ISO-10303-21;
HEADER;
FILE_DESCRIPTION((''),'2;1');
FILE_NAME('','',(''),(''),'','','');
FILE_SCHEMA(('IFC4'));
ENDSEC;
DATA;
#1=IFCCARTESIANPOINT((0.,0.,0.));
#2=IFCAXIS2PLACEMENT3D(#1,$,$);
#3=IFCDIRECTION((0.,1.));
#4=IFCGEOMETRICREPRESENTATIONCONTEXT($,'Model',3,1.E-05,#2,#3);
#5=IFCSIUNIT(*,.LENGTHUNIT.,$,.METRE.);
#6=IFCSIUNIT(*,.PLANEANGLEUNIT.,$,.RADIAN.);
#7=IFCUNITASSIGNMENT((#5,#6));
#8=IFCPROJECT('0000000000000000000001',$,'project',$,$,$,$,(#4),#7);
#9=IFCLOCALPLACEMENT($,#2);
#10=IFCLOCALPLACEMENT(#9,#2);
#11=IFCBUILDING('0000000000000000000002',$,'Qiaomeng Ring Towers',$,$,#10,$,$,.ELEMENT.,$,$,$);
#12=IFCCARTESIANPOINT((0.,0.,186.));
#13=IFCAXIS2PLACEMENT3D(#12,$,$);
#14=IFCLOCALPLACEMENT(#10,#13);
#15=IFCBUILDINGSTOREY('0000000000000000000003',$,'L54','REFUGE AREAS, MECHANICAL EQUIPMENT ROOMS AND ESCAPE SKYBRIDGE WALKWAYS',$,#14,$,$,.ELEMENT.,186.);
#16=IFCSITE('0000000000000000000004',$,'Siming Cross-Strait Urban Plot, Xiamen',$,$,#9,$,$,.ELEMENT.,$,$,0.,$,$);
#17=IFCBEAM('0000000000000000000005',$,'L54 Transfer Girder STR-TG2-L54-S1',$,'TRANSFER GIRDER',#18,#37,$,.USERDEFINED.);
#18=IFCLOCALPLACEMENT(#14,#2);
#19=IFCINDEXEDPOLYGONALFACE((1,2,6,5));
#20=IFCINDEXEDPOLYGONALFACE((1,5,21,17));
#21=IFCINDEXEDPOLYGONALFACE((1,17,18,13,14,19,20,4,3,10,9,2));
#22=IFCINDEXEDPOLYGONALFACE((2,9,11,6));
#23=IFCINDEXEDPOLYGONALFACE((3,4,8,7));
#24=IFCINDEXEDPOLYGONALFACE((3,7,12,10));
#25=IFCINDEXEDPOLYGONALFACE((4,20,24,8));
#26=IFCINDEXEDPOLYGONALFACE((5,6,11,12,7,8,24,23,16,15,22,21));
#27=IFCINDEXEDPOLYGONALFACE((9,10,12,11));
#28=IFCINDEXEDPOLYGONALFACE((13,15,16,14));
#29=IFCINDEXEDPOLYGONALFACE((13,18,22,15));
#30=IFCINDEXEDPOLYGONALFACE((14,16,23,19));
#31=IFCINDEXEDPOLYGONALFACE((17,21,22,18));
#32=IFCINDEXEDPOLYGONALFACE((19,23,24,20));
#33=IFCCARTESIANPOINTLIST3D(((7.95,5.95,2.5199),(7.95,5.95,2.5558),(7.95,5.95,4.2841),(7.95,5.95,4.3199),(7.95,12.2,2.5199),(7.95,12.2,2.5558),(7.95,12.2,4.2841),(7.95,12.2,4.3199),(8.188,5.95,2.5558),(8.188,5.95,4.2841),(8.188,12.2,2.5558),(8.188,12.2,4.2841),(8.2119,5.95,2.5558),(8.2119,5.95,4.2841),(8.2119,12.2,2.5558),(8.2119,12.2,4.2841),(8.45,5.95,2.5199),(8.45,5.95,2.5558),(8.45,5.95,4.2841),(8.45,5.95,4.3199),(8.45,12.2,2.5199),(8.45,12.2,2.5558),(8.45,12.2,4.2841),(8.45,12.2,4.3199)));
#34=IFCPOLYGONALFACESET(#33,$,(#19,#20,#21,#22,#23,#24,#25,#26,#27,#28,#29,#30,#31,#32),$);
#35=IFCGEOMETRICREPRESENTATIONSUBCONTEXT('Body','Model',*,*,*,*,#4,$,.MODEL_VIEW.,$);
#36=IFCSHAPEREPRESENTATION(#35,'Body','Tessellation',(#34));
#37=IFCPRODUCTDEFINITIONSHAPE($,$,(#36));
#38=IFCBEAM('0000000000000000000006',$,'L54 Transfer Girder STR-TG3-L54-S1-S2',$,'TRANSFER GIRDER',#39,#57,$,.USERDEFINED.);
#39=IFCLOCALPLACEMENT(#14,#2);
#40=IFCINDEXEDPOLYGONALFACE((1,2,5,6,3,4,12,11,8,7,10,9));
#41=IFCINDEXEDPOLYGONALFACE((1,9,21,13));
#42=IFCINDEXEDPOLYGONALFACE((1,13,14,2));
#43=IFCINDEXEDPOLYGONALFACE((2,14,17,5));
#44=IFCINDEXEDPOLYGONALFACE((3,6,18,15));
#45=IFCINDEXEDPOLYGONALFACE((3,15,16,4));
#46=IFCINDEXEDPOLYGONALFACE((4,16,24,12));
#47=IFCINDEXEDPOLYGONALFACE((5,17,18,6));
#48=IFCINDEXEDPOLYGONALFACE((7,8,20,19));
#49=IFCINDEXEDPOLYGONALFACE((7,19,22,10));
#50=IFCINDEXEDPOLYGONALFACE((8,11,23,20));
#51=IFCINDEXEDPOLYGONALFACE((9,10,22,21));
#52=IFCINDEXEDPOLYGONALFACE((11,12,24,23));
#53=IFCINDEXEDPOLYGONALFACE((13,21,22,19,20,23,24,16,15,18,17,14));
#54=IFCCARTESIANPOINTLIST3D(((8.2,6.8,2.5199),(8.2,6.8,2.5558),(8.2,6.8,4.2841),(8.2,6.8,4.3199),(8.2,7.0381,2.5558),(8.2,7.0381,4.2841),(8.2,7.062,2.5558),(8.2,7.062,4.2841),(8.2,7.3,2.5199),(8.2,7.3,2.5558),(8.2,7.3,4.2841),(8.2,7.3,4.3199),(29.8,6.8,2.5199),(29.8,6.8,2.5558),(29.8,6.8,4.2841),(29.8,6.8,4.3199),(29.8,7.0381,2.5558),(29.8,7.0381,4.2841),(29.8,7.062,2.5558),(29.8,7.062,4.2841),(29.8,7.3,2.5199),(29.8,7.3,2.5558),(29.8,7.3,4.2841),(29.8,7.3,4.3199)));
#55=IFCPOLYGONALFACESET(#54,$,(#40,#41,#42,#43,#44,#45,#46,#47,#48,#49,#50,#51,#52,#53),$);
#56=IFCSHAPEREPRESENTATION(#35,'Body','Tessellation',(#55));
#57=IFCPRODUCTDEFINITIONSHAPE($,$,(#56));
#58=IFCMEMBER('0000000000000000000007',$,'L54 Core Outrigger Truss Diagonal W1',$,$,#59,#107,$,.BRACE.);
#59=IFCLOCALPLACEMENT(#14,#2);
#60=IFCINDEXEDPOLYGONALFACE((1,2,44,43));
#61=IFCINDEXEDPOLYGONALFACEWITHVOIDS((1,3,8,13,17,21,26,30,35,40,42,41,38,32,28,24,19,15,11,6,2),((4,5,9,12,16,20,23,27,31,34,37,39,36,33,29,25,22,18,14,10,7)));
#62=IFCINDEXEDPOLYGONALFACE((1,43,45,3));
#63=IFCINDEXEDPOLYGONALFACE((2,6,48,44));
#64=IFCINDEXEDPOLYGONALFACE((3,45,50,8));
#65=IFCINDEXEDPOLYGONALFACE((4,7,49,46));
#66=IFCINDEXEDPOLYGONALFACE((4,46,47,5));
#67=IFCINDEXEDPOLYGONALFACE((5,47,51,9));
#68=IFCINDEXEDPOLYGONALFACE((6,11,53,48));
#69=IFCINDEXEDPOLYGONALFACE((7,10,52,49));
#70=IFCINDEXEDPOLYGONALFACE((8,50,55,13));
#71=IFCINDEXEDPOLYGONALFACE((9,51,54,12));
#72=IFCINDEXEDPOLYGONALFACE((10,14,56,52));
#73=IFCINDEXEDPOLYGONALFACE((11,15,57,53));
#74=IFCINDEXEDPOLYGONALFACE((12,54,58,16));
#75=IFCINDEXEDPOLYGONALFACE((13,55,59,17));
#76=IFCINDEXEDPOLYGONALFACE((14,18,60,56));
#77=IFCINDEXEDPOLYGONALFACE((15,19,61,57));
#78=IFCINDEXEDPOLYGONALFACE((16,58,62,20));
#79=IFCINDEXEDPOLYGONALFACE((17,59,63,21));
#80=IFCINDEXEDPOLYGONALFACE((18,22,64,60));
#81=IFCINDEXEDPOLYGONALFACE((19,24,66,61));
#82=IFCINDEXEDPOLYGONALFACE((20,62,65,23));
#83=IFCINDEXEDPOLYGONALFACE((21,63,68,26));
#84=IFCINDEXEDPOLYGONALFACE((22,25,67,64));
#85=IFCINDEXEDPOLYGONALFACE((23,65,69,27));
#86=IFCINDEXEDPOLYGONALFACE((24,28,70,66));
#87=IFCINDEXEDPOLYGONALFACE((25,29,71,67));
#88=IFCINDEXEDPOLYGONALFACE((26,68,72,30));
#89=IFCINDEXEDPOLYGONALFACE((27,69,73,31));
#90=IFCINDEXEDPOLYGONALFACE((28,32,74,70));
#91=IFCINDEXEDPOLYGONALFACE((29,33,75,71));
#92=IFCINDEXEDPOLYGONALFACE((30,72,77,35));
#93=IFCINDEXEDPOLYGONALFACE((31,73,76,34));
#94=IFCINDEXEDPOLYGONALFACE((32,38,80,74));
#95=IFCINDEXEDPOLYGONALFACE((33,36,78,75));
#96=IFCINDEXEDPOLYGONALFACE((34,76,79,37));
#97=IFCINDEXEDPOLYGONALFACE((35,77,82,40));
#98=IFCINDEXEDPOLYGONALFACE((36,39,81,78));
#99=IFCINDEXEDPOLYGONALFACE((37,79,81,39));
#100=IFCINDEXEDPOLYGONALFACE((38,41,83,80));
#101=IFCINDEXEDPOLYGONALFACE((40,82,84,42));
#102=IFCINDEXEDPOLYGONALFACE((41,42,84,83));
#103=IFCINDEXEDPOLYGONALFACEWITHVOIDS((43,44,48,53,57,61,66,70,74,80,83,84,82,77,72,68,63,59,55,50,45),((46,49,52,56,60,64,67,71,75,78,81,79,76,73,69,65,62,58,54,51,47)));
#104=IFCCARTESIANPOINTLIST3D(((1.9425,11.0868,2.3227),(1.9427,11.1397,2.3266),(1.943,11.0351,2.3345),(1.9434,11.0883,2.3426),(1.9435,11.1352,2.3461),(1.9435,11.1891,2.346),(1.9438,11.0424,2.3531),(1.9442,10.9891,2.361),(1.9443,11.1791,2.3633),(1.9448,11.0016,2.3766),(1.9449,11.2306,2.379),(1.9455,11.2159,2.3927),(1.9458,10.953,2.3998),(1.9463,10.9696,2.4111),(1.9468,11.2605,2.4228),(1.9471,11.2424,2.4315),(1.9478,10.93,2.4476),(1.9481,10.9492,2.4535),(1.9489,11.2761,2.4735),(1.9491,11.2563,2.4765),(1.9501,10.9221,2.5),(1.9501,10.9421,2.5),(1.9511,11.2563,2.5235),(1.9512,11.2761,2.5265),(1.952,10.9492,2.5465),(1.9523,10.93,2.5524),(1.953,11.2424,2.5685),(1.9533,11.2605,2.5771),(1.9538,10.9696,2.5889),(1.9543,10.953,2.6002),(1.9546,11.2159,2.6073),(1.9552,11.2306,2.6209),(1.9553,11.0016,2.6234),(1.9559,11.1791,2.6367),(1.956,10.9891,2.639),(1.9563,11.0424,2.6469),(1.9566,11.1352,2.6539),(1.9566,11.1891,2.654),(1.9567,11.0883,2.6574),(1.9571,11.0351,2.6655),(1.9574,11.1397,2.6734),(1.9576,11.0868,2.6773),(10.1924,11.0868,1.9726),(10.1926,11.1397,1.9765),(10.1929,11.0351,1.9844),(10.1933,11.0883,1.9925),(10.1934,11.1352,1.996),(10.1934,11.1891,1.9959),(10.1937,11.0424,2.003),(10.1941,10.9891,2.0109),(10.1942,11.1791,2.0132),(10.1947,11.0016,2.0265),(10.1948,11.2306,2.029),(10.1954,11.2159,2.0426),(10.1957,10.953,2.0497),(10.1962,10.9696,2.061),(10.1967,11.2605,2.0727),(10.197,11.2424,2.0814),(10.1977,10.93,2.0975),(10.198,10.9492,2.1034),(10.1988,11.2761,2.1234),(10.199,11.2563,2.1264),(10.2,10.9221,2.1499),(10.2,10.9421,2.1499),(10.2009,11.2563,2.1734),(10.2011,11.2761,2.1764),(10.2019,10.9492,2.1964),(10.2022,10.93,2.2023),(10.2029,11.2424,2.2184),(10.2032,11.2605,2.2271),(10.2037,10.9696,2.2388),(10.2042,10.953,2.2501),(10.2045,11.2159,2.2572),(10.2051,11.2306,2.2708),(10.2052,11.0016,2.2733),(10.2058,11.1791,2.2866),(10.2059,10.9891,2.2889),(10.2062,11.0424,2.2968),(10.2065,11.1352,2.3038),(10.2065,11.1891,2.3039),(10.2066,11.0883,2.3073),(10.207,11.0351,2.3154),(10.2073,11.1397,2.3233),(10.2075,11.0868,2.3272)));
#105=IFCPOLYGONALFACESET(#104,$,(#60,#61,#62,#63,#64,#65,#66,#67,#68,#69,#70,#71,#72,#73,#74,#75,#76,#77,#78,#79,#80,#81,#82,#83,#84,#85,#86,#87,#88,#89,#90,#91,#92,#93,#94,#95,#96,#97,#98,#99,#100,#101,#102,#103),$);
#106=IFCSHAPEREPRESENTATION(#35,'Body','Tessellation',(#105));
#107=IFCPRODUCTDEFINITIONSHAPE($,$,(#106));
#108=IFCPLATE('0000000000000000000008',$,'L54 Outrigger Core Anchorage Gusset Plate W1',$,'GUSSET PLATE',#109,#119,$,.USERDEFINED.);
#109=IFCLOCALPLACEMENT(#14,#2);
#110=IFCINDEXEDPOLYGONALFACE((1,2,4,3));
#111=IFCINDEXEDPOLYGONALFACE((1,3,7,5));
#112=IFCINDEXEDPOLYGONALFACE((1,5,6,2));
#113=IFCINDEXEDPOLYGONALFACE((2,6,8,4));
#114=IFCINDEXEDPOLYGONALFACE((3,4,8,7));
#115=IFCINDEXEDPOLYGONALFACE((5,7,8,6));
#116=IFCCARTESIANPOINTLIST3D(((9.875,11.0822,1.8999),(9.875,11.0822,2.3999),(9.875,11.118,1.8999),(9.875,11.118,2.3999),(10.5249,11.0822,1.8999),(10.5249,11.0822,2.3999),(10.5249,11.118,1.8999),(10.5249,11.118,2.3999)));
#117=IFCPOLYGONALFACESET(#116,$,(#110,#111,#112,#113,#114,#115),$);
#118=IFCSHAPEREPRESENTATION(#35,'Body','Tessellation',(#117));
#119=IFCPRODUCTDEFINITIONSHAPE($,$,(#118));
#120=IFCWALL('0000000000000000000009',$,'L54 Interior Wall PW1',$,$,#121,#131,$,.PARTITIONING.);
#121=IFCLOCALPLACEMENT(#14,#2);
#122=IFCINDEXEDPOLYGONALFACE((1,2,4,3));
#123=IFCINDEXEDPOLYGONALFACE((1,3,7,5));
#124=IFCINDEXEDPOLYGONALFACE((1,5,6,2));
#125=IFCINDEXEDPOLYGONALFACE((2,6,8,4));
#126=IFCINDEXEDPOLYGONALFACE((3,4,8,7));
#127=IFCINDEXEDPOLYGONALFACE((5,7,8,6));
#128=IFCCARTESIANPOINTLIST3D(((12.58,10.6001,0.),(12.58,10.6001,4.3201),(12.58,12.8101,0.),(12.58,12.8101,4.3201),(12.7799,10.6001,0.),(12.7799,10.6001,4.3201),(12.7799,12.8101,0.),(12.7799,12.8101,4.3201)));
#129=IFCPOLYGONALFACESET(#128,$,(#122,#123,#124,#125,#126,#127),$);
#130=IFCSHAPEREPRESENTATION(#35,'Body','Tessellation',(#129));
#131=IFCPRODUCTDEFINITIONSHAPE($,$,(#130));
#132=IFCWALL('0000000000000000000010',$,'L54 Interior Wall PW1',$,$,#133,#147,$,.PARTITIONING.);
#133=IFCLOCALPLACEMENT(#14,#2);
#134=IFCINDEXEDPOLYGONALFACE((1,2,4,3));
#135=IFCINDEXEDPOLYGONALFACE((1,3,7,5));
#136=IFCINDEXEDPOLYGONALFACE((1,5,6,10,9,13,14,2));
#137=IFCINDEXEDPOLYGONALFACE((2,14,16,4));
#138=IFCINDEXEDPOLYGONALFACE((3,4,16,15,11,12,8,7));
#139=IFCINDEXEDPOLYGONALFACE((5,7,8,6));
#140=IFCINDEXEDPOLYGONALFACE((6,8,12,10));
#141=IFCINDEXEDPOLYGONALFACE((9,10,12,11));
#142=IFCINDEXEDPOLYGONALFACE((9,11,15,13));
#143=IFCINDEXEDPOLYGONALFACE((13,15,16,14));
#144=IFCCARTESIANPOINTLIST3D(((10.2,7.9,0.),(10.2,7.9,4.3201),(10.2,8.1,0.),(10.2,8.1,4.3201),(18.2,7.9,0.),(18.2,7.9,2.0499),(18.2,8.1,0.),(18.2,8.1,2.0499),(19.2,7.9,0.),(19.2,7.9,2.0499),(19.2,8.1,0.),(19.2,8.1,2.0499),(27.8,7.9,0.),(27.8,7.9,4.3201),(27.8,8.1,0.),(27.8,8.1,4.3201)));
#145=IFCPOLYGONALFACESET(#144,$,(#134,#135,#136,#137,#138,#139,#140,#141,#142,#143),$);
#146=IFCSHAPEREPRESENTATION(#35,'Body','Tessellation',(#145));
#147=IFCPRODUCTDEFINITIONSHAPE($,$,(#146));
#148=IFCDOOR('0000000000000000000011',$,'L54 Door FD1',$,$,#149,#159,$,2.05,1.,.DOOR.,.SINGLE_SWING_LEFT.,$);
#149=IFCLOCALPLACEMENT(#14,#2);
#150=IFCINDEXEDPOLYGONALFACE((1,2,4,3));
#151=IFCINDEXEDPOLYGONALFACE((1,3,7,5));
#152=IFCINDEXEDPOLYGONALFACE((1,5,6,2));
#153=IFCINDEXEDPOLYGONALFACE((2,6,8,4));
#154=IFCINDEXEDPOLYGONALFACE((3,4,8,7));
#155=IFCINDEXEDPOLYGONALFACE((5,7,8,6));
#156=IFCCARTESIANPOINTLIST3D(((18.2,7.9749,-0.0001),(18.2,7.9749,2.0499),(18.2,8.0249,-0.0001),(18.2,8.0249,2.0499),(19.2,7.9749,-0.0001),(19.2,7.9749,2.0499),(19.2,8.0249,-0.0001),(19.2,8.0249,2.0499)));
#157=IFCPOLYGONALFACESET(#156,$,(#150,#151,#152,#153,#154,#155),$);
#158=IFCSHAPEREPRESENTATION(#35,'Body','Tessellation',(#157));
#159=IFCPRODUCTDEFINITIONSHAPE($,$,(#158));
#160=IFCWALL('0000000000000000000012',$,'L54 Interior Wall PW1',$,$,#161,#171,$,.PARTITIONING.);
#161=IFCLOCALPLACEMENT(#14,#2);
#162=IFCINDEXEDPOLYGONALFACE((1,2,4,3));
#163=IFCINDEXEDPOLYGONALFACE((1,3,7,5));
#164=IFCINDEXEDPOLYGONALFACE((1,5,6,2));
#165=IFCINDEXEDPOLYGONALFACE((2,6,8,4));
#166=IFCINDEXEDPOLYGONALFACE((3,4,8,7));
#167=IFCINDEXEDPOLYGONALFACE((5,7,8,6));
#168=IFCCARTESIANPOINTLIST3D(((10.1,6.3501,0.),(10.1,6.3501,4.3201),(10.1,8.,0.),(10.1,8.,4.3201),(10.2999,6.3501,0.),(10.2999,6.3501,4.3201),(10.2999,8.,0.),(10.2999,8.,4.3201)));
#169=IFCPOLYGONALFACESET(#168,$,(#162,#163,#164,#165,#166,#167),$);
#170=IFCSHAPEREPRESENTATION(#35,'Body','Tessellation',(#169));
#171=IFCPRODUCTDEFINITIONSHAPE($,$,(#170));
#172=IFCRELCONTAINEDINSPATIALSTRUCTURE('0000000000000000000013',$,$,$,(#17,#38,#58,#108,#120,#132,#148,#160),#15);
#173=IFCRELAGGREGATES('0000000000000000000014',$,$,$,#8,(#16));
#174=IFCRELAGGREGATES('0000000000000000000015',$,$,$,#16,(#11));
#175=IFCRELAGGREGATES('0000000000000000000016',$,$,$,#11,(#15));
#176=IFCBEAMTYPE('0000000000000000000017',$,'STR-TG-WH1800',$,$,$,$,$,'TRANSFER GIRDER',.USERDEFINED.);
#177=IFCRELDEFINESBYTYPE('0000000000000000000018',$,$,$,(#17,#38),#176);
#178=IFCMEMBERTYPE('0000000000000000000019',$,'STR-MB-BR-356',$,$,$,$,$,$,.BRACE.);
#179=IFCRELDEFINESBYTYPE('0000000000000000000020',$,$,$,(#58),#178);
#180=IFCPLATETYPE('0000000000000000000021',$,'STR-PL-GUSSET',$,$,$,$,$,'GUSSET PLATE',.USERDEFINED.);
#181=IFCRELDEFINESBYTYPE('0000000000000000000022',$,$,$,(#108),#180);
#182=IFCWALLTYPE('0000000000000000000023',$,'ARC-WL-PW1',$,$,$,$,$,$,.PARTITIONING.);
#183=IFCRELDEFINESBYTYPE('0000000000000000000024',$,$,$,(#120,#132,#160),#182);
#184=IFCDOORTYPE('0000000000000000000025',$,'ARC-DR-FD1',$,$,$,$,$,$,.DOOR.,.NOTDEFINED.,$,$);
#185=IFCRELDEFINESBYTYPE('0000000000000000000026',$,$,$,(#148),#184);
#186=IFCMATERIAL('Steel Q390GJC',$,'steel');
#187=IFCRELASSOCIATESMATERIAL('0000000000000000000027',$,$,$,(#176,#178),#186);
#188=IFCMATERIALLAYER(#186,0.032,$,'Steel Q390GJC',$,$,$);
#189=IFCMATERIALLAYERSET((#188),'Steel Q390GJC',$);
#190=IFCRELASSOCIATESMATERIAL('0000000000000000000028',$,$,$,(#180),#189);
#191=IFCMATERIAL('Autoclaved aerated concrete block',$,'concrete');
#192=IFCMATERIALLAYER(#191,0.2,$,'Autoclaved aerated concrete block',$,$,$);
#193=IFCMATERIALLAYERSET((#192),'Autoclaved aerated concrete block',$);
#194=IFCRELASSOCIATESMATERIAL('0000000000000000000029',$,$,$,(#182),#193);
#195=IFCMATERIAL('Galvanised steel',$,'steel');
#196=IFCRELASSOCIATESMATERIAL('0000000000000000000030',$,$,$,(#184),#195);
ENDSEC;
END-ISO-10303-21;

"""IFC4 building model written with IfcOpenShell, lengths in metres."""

from ifc_helpers import new_model, si_unit, direction, frame, frame_2d, origin, origin_2d, place, context, subcontext, project, spatial, rectangle, hollow_circle, i_section, extrude, source, transform, mapped, material, layer, layer_set, material_profile, profile_set, type_object, element, fill, save


model = new_model("IFC4")

# Units and contexts
model_context = context("Model", 3, precision=1e-05, world=origin(), true_north=direction((0.0, 1.0)))
body_context = subcontext(model_context, "Body", "Model", "MODEL_VIEW")
ifc_project = project(units=[si_unit("LENGTHUNIT", "METRE"), si_unit("PLANEANGLEUNIT", "RADIAN")], contexts=[model_context])

# Site, building, storey
site_placement = place(None, origin())
site = spatial("IfcSite", under=ifc_project, at=site_placement, Name="Siming Cross-Strait Urban Plot, Xiamen", CompositionType="ELEMENT", RefElevation=0.0)
building_placement = place(site_placement, origin())
building = spatial("IfcBuilding", under=site, at=building_placement, Name="Qiaomeng Ring Towers", CompositionType="ELEMENT")
storey_placement = place(building_placement, frame((0.0, 0.0, 186.0)))
storey = spatial("IfcBuildingStorey", under=building, at=storey_placement, Name="L54", Description="REFUGE AREAS, MECHANICAL EQUIPMENT ROOMS AND ESCAPE SKYBRIDGE WALKWAYS", CompositionType="ELEMENT", Elevation=186.0)

# Beams
ifc_material_1 = material(Name="Steel Q390GJC", Category="steel")
ifc_material_profile_1 = material_profile(ifc_material_1, i_section(OverallWidth=0.5, OverallDepth=1.8, WebThickness=0.0239, FlangeThickness=0.0359, at=origin_2d()), Name="WH 1800x500x24x36")
ifc_profile_set_1 = profile_set([ifc_material_profile_1], Name="Steel Q390GJC")
beam_type_1 = type_object("IfcBeamType", Name="STR-TG-WH1800", ElementType="TRANSFER GIRDER", PredefinedType="USERDEFINED", material=ifc_profile_set_1)
shared_shape_1 = source(origin(), body_context, "Body", "SweptSolid", [
    extrude(i_section(OverallWidth=0.5, OverallDepth=1.8, WebThickness=0.0239, FlangeThickness=0.0359, at=origin_2d()), origin(), (0.0, 0.0, 1.0), 6.25),
])
beam_1_placement = place(storey_placement, frame((8.2, 5.95, 3.4199), z_axis=(0.0, 1.0, 0.0), x_axis=(-1.0, 0.0, 0.0)))
element("IfcBeam", 1, at=beam_1_placement, inside=storey, type_object=beam_type_1, Name="L54 Transfer Girder STR-TG2-L54-S1", ObjectType="TRANSFER GIRDER", PredefinedType="USERDEFINED", context=body_context, shape_type="MappedRepresentation", body=[
    mapped(shared_shape_1, transform((0.0, 0.0, 0.0), x_axis=(1.0, 0.0, 0.0), y_axis=(0.0, 1.0, 0.0), z_axis=(0.0, 0.0, 1.0), scale=1.0)),
])
shared_shape_2 = source(origin(), body_context, "Body", "SweptSolid", [
    extrude(i_section(OverallWidth=0.5, OverallDepth=1.8, WebThickness=0.0239, FlangeThickness=0.0359, at=origin_2d()), origin(), (0.0, 0.0, 1.0), 21.6001),
])
beam_2_placement = place(storey_placement, frame((8.2, 7.05, 3.4199), z_axis=(1.0, 0.0, 0.0), x_axis=(0.0, 1.0, 0.0)))
element("IfcBeam", 2, at=beam_2_placement, inside=storey, type_object=beam_type_1, Name="L54 Transfer Girder STR-TG3-L54-S1-S2", ObjectType="TRANSFER GIRDER", PredefinedType="USERDEFINED", context=body_context, shape_type="MappedRepresentation", body=[
    mapped(shared_shape_2, transform((0.0, 0.0, 0.0), x_axis=(1.0, 0.0, 0.0), y_axis=(0.0, 1.0, 0.0), z_axis=(0.0, 0.0, 1.0), scale=1.0)),
])

# Member
ifc_material_profile_2 = material_profile(ifc_material_1, hollow_circle(Radius=0.178, WallThickness=0.02, at=origin_2d()), Name="CHS 356x20")
ifc_profile_set_2 = profile_set([ifc_material_profile_2], Name="Steel Q390GJC")
member_type = type_object("IfcMemberType", Name="STR-MB-BR-356", PredefinedType="BRACE", material=ifc_profile_set_2)
shared_shape_3 = source(origin(), body_context, "Body", "SweptSolid", [
    extrude(hollow_circle(Radius=0.178, WallThickness=0.02, at=origin_2d()), origin(), (0.0, 0.0, 1.0), 8.2573),
])
member_placement = place(storey_placement, frame((10.2, 11.1001, 2.1499), z_axis=(-0.999101, 0.0, 0.042398), x_axis=(0.0, -1.0, 0.0)))
element("IfcMember", 3, at=member_placement, inside=storey, type_object=member_type, Name="L54 Core Outrigger Truss Diagonal W1", PredefinedType="BRACE", context=body_context, shape_type="MappedRepresentation", body=[
    mapped(shared_shape_3, transform((0.0, 0.0, 0.0), x_axis=(1.0, 0.0, 0.0), y_axis=(0.0, 1.0, 0.0), z_axis=(0.0, 0.0, 1.0), scale=1.0)),
])

# Plate
ifc_layer_1 = layer(ifc_material_1, 0.032, Name="Steel Q390GJC")
ifc_layer_set_1 = layer_set([ifc_layer_1], Name="Steel Q390GJC")
plate_type = type_object("IfcPlateType", Name="STR-PL-GUSSET", ElementType="GUSSET PLATE", PredefinedType="USERDEFINED", material=ifc_layer_set_1)
shared_shape_4 = source(origin(), body_context, "Body", "SweptSolid", [
    extrude(rectangle(XDim=0.6499, YDim=0.0359, at=origin_2d()), origin(), (0.0, 0.0, 1.0), 0.5),
])
plate_placement = place(storey_placement, frame((10.2, 11.1001, 1.8999), z_axis=(0.0, 0.0, 1.0), x_axis=(1.0, 0.0, 0.0)))
element("IfcPlate", 4, at=plate_placement, inside=storey, type_object=plate_type, Name="L54 Outrigger Core Anchorage Gusset Plate W1", ObjectType="GUSSET PLATE", PredefinedType="USERDEFINED", context=body_context, shape_type="MappedRepresentation", body=[
    mapped(shared_shape_4, transform((0.0, 0.0, 0.0), x_axis=(1.0, 0.0, 0.0), y_axis=(0.0, 1.0, 0.0), z_axis=(0.0, 0.0, 1.0), scale=1.0)),
])

# Wall
ifc_material_2 = material(Name="Autoclaved aerated concrete block", Category="concrete")
ifc_layer_2 = layer(ifc_material_2, 0.2, Name="Autoclaved aerated concrete block")
ifc_layer_set_2 = layer_set([ifc_layer_2], Name="Autoclaved aerated concrete block")
wall_type_1 = type_object("IfcWallType", Name="ARC-WL-PW1", PredefinedType="PARTITIONING", material=ifc_layer_set_2)
wall_1_placement = place(storey_placement, frame((12.6799, 10.6001, 0.0), z_axis=(0.0, 0.0, 1.0), x_axis=(0.0, 1.0, 0.0)))
element("IfcWall", 5, at=wall_1_placement, inside=storey, type_object=wall_type_1, Name="L54 Interior Wall PW1", PredefinedType="PARTITIONING", context=body_context, shape_type="SweptSolid", body=[
    extrude(rectangle(XDim=2.21, YDim=0.2, at=frame_2d((1.105, 0.0))), origin(), (0.0, 0.0, 1.0), 4.3201),
])

# Wall, opening, door
wall_2_placement = place(storey_placement, frame((10.2, 8.0, 0.0), z_axis=(0.0, 0.0, 1.0), x_axis=(1.0, 0.0, 0.0)))
wall_2 = element("IfcWall", 6, at=wall_2_placement, inside=storey, type_object=wall_type_1, Name="L54 Interior Wall PW1", PredefinedType="PARTITIONING", context=body_context, shape_type="SweptSolid", body=[
    extrude(rectangle(XDim=17.6001, YDim=0.2, at=frame_2d((8.8, 0.0))), origin(), (0.0, 0.0, 1.0), 4.3201),
])
opening_1_placement = place(wall_2_placement, frame((8.0, 0.0, 0.0)))
opening_1 = element("IfcOpeningElement", 7, at=opening_1_placement, cuts=wall_2, PredefinedType="OPENING", context=body_context, shape_type="SweptSolid", body=[
    extrude(rectangle(XDim=1.0, YDim=2.05, at=frame_2d((0.5, 1.0249))), frame((0.0, 0.1099, 0.0), z_axis=(0.0, -1.0, 0.0), x_axis=(1.0, 0.0, 0.0)), (0.0, 0.0, 1.0), 0.22),
])
ifc_material_3 = material(Name="Galvanised steel", Category="steel")
door_type_1 = type_object("IfcDoorType", Name="ARC-DR-FD1", OperationType="NOTDEFINED", PredefinedType="DOOR", material=ifc_material_3)
shared_shape_5 = source(origin(), body_context, "Body", "SweptSolid", [
    extrude(rectangle(XDim=1.0, YDim=2.05, at=frame_2d((0.5, 1.0249))), frame((0.0, 0.0249, 0.0), z_axis=(0.0, -1.0, 0.0), x_axis=(1.0, 0.0, 0.0)), (0.0, 0.0, 1.0), 0.05),
])
door_1_placement = place(opening_1_placement, origin())
door_1 = element("IfcDoor", 8, at=door_1_placement, inside=storey, type_object=door_type_1, Name="L54 Door FD1", OperationType="SINGLE_SWING_LEFT", OverallHeight=2.05, OverallWidth=1.0, PredefinedType="DOOR", context=body_context, shape_type="MappedRepresentation", body=[
    mapped(shared_shape_5, transform((0.0, 0.0, 0.0), x_axis=(1.0, 0.0, 0.0), y_axis=(0.0, 1.0, 0.0), z_axis=(0.0, 0.0, 1.0), scale=1.0)),
])
fill(opening_1, door_1)

# Wall
wall_3_placement = place(storey_placement, frame((10.2, 6.3501, 0.0), z_axis=(0.0, 0.0, 1.0), x_axis=(0.0, 1.0, 0.0)))
element("IfcWall", 9, at=wall_3_placement, inside=storey, type_object=wall_type_1, Name="L54 Interior Wall PW1", PredefinedType="PARTITIONING", context=body_context, shape_type="SweptSolid", body=[
    extrude(rectangle(XDim=1.6499, YDim=0.2, at=frame_2d((0.825, 0.0))), origin(), (0.0, 0.0, 1.0), 4.3201),
])

save(model, "model.ifc")
